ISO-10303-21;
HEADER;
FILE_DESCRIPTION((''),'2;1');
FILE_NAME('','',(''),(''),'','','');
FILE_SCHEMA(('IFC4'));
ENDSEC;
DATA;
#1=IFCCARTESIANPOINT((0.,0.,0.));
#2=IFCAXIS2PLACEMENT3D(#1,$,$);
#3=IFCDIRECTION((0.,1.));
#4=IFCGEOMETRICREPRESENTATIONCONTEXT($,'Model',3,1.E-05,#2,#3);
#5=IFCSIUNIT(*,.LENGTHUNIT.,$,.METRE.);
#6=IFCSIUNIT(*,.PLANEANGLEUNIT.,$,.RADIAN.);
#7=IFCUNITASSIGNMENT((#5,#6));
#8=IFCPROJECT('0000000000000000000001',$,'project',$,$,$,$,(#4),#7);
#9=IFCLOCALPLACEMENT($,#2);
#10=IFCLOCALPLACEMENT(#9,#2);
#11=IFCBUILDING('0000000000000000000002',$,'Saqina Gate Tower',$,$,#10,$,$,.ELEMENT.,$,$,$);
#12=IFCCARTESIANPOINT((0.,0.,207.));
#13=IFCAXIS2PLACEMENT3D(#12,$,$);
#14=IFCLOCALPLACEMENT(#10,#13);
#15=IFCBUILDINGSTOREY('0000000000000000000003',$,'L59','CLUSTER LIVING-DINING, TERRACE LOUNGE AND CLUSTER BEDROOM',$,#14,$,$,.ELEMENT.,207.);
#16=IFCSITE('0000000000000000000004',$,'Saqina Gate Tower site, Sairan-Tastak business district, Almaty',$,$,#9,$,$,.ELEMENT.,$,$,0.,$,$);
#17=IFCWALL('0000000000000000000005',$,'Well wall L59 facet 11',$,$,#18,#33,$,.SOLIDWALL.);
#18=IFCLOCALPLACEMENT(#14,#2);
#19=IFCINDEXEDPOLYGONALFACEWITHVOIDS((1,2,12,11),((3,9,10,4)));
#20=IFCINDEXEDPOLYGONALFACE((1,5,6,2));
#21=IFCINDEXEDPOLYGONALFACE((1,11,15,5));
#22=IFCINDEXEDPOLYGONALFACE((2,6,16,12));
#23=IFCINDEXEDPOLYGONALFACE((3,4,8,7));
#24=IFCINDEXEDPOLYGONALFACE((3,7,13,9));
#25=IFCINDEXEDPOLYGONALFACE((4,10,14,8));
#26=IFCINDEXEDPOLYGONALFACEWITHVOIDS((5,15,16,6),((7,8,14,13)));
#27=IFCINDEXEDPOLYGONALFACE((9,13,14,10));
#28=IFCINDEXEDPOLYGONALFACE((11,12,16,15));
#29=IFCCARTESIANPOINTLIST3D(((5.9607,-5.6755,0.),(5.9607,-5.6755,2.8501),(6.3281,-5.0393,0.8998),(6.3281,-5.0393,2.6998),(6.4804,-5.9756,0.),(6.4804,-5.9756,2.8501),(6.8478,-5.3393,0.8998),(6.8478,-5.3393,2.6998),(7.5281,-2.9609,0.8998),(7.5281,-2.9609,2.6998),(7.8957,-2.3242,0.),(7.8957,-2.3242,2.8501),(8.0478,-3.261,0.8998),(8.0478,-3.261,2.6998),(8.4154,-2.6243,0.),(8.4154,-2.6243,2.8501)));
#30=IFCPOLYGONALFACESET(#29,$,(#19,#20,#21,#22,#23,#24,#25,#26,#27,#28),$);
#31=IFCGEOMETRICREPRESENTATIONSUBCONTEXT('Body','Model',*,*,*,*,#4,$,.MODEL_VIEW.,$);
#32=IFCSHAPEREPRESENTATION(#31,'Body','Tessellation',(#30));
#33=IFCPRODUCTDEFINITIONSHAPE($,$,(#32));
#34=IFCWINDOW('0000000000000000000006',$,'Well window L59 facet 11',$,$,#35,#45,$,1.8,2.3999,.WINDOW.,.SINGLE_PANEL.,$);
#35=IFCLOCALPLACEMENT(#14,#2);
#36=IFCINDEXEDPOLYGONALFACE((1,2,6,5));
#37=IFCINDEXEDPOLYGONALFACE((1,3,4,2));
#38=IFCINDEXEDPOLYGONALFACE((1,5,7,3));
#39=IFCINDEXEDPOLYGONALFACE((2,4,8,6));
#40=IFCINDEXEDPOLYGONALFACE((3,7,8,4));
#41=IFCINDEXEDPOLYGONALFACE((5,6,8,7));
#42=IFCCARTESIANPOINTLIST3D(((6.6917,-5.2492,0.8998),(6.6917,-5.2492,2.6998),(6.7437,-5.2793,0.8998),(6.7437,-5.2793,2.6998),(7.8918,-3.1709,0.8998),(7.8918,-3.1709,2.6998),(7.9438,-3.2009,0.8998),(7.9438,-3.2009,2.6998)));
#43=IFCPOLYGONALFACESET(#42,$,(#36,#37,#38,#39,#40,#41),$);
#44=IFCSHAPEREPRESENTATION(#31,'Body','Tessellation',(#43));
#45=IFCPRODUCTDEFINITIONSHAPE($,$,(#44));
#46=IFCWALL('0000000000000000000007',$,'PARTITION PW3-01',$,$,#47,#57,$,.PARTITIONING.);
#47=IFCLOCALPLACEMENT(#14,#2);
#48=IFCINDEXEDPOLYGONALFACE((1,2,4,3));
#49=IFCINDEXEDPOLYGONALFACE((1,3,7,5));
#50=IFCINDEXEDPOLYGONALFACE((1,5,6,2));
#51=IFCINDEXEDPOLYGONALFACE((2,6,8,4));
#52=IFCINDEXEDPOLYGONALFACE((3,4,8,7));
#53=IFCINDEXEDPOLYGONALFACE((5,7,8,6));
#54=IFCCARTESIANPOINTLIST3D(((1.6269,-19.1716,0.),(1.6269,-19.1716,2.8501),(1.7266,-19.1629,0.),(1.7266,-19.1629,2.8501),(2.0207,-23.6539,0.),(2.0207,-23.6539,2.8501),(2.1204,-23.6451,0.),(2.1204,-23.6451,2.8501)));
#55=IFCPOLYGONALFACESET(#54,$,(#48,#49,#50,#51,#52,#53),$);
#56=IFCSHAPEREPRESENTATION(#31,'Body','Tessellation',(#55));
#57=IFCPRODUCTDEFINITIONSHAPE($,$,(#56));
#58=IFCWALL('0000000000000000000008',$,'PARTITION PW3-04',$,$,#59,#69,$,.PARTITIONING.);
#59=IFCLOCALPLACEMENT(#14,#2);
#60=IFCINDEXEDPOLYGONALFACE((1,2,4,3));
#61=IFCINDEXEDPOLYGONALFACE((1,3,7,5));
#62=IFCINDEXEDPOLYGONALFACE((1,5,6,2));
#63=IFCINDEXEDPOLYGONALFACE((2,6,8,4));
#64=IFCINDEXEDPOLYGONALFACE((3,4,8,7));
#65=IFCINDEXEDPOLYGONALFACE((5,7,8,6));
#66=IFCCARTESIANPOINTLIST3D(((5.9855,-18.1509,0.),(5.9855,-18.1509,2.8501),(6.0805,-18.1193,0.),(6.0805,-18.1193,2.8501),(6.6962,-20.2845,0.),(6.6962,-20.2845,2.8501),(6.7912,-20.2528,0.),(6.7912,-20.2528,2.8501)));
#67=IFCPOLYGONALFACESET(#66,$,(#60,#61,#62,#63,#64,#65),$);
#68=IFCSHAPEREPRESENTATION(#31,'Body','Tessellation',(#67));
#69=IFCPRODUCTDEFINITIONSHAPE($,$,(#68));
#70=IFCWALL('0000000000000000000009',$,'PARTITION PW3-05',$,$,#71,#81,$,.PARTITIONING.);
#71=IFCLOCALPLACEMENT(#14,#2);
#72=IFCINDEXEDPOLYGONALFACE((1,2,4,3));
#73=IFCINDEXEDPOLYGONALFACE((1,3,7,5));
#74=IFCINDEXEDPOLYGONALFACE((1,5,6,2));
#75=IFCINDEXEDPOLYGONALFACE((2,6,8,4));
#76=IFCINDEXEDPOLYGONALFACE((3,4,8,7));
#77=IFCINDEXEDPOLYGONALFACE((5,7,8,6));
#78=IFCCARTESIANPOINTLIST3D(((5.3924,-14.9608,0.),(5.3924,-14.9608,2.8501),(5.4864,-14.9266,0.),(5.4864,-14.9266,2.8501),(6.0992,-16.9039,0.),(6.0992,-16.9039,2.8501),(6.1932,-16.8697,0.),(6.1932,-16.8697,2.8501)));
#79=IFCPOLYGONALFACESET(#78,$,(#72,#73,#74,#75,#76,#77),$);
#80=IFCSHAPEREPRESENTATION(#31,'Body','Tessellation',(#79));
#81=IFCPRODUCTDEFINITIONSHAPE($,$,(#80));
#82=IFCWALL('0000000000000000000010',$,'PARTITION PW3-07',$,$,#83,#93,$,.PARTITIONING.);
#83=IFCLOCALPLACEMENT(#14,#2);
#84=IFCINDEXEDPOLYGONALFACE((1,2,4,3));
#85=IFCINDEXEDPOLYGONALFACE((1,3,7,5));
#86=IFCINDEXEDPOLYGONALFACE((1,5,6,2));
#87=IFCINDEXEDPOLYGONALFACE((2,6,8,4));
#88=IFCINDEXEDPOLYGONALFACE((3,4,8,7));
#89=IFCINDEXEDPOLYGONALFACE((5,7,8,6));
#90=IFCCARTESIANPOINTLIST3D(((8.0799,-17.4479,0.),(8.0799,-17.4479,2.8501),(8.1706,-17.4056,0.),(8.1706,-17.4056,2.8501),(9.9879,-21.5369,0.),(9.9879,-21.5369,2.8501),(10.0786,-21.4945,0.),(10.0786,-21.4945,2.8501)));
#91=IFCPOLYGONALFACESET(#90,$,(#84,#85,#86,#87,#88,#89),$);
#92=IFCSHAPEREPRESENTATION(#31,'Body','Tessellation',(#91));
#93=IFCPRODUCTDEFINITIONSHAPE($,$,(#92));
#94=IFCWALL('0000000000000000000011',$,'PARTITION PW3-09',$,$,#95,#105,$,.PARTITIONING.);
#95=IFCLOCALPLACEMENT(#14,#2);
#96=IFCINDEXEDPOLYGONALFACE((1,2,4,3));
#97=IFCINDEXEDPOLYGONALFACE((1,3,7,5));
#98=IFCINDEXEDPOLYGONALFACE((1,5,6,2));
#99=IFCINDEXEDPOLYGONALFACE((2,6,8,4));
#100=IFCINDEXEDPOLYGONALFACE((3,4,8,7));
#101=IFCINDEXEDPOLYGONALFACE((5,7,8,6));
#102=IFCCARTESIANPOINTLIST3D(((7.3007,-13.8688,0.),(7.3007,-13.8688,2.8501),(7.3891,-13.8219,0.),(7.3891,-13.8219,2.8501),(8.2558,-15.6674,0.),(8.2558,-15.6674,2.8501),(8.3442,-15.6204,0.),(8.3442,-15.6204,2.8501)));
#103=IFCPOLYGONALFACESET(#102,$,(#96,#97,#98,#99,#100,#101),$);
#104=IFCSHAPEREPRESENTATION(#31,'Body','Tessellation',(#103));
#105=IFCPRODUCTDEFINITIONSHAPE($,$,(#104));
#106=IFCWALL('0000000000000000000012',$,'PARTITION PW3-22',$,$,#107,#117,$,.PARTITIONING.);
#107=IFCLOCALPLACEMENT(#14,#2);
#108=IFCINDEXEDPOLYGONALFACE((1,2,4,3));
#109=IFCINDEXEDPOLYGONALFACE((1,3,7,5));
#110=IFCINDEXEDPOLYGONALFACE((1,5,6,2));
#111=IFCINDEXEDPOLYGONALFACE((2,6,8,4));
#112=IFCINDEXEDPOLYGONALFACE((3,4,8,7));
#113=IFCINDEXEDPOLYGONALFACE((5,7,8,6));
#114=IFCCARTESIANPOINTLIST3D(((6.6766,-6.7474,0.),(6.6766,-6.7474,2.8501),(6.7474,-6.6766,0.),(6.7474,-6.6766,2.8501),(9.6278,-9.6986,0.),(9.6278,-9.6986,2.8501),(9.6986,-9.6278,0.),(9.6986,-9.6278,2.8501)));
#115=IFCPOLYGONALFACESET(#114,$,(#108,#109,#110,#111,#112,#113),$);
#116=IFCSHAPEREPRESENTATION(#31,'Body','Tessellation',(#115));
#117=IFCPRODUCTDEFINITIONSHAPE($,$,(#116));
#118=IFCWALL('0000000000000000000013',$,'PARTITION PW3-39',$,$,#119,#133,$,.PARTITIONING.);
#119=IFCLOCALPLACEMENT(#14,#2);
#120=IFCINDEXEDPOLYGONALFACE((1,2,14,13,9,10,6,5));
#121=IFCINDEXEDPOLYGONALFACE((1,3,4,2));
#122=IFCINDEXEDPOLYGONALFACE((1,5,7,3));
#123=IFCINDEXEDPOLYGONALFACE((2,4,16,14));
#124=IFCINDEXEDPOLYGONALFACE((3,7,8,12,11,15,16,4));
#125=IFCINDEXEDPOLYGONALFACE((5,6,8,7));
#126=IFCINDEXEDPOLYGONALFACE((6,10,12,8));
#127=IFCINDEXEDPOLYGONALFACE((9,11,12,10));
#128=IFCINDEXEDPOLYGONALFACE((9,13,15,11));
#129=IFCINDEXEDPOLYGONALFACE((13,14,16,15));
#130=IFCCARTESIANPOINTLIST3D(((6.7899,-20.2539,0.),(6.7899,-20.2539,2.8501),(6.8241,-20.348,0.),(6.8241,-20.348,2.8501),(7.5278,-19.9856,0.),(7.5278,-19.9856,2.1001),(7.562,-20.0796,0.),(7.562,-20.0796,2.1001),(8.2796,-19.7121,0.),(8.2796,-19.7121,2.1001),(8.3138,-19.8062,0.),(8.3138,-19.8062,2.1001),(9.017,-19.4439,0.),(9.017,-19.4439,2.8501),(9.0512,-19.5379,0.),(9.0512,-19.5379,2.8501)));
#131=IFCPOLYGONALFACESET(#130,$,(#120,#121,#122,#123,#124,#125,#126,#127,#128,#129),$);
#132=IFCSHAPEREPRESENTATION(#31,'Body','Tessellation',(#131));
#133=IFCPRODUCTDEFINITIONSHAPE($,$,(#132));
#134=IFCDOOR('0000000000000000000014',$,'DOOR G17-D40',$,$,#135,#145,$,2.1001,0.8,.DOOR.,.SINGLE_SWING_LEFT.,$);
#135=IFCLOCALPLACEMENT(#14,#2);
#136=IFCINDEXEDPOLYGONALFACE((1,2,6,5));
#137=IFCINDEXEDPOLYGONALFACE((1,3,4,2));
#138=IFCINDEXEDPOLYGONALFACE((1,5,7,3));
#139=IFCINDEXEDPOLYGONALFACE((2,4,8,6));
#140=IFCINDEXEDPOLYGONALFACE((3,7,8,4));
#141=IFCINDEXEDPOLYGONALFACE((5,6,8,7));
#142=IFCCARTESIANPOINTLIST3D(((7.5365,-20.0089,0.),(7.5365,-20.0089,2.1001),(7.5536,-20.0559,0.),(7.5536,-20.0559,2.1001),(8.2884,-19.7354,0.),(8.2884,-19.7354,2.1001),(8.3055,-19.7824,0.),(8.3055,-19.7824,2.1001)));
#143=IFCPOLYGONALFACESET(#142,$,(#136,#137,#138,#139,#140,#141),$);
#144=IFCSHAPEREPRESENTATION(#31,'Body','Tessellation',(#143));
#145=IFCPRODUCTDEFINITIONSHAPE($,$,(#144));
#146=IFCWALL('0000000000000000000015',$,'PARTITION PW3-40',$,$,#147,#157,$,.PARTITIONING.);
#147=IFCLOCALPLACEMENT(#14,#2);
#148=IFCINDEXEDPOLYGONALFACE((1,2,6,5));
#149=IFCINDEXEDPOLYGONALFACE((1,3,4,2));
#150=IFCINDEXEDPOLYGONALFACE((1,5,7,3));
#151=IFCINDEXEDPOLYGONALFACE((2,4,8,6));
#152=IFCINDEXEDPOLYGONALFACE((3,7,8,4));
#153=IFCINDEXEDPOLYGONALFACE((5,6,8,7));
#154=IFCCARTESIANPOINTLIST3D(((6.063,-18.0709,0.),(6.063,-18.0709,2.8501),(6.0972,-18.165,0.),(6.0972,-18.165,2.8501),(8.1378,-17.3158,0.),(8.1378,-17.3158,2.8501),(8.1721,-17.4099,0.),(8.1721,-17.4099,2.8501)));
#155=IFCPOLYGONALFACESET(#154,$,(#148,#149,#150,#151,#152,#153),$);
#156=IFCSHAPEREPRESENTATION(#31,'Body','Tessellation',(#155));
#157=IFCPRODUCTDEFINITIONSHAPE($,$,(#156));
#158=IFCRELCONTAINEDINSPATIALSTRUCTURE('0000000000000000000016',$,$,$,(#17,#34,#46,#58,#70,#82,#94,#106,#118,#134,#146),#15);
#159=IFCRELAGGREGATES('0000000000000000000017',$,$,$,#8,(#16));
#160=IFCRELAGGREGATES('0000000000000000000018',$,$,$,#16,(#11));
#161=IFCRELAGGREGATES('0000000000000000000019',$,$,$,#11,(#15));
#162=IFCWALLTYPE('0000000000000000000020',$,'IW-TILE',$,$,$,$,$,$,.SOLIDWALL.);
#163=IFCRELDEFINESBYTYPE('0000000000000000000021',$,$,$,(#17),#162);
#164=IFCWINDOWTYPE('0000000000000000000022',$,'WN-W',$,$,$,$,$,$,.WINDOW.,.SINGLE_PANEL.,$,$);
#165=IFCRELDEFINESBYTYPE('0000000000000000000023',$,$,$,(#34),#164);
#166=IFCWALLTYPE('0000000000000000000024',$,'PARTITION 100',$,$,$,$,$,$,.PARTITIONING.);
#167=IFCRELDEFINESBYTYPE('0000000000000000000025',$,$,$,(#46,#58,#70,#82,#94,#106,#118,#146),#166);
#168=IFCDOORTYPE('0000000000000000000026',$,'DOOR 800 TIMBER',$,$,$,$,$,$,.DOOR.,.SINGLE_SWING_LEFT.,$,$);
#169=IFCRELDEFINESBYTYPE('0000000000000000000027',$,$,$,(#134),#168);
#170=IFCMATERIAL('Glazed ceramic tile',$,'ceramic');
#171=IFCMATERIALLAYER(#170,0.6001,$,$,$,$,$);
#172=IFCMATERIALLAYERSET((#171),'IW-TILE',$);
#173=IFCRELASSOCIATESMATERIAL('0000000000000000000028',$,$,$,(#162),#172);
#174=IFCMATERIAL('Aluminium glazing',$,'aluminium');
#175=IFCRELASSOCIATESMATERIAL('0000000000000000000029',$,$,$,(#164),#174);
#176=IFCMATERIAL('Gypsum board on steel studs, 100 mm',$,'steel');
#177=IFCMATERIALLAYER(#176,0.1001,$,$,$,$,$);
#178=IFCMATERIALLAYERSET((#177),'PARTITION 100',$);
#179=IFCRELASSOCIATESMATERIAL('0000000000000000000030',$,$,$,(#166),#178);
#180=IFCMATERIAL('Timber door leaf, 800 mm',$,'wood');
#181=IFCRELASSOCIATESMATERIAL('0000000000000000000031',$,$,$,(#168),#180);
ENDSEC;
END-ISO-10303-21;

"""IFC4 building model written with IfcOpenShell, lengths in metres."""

from ifc_helpers import new_model, si_unit, direction, frame, frame_2d, origin, place, context, subcontext, project, spatial, rectangle, extrude, material, layer, layer_set, type_object, element, fill, save


model = new_model("IFC4")

# Units and contexts
model_context = context("Model", 3, precision=1e-05, world=origin(), true_north=direction((0.0, 1.0)))
body_context = subcontext(model_context, "Body", "Model", "MODEL_VIEW")
ifc_project = project(units=[si_unit("LENGTHUNIT", "METRE"), si_unit("PLANEANGLEUNIT", "RADIAN")], contexts=[model_context])

# Site, building, storey
site_placement = place(None, origin())
site = spatial("IfcSite", under=ifc_project, at=site_placement, Name="Saqina Gate Tower site, Sairan-Tastak business district, Almaty", CompositionType="ELEMENT", RefElevation=0.0)
building_placement = place(site_placement, origin())
building = spatial("IfcBuilding", under=site, at=building_placement, Name="Saqina Gate Tower", CompositionType="ELEMENT")
storey_placement = place(building_placement, frame((0.0, 0.0, 207.0)))
storey = spatial("IfcBuildingStorey", under=building, at=storey_placement, Name="L59", Description="CLUSTER LIVING-DINING, TERRACE LOUNGE AND CLUSTER BEDROOM", CompositionType="ELEMENT", Elevation=207.0)

# Wall, opening, window
ifc_material_1 = material(Name="Glazed ceramic tile", Category="ceramic")
ifc_layer_1 = layer(ifc_material_1, 0.6001)
ifc_layer_set_1 = layer_set([ifc_layer_1], Name="IW-TILE")
wall_type_1 = type_object("IfcWallType", Name="IW-TILE", PredefinedType="SOLIDWALL", material=ifc_layer_set_1)
ifc_material_2 = material(Name="Aluminium glazing", Category="aluminium")
window_type_1 = type_object("IfcWindowType", Name="WN-W", PartitioningType="SINGLE_PANEL", PredefinedType="WINDOW", material=ifc_material_2)
wall_1_placement = place(storey_placement, frame((6.2205, -5.8257, 0.0), z_axis=(0.0, 0.0, 1.0), x_axis=(0.500034, 0.866006, 0.0)))
wall_1 = element("IfcWall", 1, at=wall_1_placement, inside=storey, type_object=wall_type_1, Name="Well wall L59 facet 11", PredefinedType="SOLIDWALL", context=body_context, shape_type="SweptSolid", body=[
    extrude(rectangle(XDim=3.8699, YDim=0.6001, at=frame_2d((1.9351, 0.0))), origin(), (0.0, 0.0, 1.0), 2.8501),
])
opening_1_placement = place(wall_1_placement, frame((0.7349, 0.0, 0.8999)))
opening_1 = element("IfcOpeningElement", 2, at=opening_1_placement, cuts=wall_1, PredefinedType="OPENING", context=body_context, shape_type="SweptSolid", body=[
    extrude(rectangle(XDim=2.3999, YDim=1.8, at=frame_2d((1.2, 0.8999))), frame((0.0, 0.312, 0.0), z_axis=(0.0, -1.0, 0.0), x_axis=(1.0, 0.0, 0.0)), (0.0, 0.0, 1.0), 0.624),
])
window_1_placement = place(opening_1_placement, origin())
window_1 = element("IfcWindow", 3, at=window_1_placement, inside=storey, type_object=window_type_1, Name="Well window L59 facet 11", OverallHeight=1.8, OverallWidth=2.3999, PartitioningType="SINGLE_PANEL", PredefinedType="WINDOW", context=body_context, shape_type="SweptSolid", body=[
    extrude(rectangle(XDim=2.3999, YDim=1.8, at=frame_2d((1.2, 0.8999))), frame((0.0, -0.1199, 0.0), z_axis=(0.0, -1.0, 0.0), x_axis=(1.0, 0.0, 0.0)), (0.0, 0.0, 1.0), 0.0601),
])
fill(opening_1, window_1)

# Walls
ifc_material_3 = material(Name="Gypsum board on steel studs, 100 mm", Category="steel")
ifc_layer_2 = layer(ifc_material_3, 0.1001)
ifc_layer_set_2 = layer_set([ifc_layer_2], Name="PARTITION 100")
wall_type_2 = type_object("IfcWallType", Name="PARTITION 100", PredefinedType="PARTITIONING", material=ifc_layer_set_2)
wall_2_placement = place(storey_placement, frame((1.6768, -19.1672, 0.0), z_axis=(0.0, 0.0, 1.0), x_axis=(0.087522, -0.996163, 0.0)))
element("IfcWall", 4, at=wall_2_placement, inside=storey, type_object=wall_type_2, Name="PARTITION PW3-01", PredefinedType="PARTITIONING", context=body_context, shape_type="SweptSolid", body=[
    extrude(rectangle(XDim=4.4995, YDim=0.1001, at=frame_2d((2.2498, 0.0))), origin(), (0.0, 0.0, 1.0), 2.8501),
])
wall_3_placement = place(storey_placement, frame((6.033, -18.135, 0.0), z_axis=(0.0, 0.0, 1.0), x_axis=(0.316032, -0.948748, 0.0)))
element("IfcWall", 5, at=wall_3_placement, inside=storey, type_object=wall_type_2, Name="PARTITION PW3-04", PredefinedType="PARTITIONING", context=body_context, shape_type="SweptSolid", body=[
    extrude(rectangle(XDim=2.2488, YDim=0.1001, at=frame_2d((1.1245, 0.0))), origin(), (0.0, 0.0, 1.0), 2.8501),
])
wall_4_placement = place(storey_placement, frame((5.4395, -14.9438, 0.0), z_axis=(0.0, 0.0, 1.0), x_axis=(0.341828, -0.939762, 0.0)))
element("IfcWall", 6, at=wall_4_placement, inside=storey, type_object=wall_type_2, Name="PARTITION PW3-05", PredefinedType="PARTITIONING", context=body_context, shape_type="SweptSolid", body=[
    extrude(rectangle(XDim=2.0676, YDim=0.1001, at=frame_2d((1.0337, 0.0))), origin(), (0.0, 0.0, 1.0), 2.8501),
])
wall_5_placement = place(storey_placement, frame((8.1252, -17.4268, 0.0), z_axis=(0.0, 0.0, 1.0), x_axis=(0.422853, -0.906198, 0.0)))
element("IfcWall", 7, at=wall_5_placement, inside=storey, type_object=wall_type_2, Name="PARTITION PW3-07", PredefinedType="PARTITIONING", context=body_context, shape_type="SweptSolid", body=[
    extrude(rectangle(XDim=4.5122, YDim=0.1001, at=frame_2d((2.2561, 0.0))), origin(), (0.0, 0.0, 1.0), 2.8501),
])
wall_6_placement = place(storey_placement, frame((7.345, -13.8455, 0.0), z_axis=(0.0, 0.0, 1.0), x_axis=(0.468995, -0.883201, 0.0)))
element("IfcWall", 8, at=wall_6_placement, inside=storey, type_object=wall_type_2, Name="PARTITION PW3-09", PredefinedType="PARTITIONING", context=body_context, shape_type="SweptSolid", body=[
    extrude(rectangle(XDim=2.0364, YDim=0.1001, at=frame_2d((1.0181, 0.0))), origin(), (0.0, 0.0, 1.0), 2.8501),
])
wall_7_placement = place(storey_placement, frame((6.7119, -6.7119, 0.0), z_axis=(0.0, 0.0, 1.0), x_axis=(0.707107, -0.707107, 0.0)))
element("IfcWall", 9, at=wall_7_placement, inside=storey, type_object=wall_type_2, Name="PARTITION PW3-22", PredefinedType="PARTITIONING", context=body_context, shape_type="SweptSolid", body=[
    extrude(rectangle(XDim=4.1736, YDim=0.1001, at=frame_2d((2.0869, 0.0))), origin(), (0.0, 0.0, 1.0), 2.8501),
])

# Wall, opening, door
wall_8_placement = place(storey_placement, frame((6.8069, -20.301, 0.0), z_axis=(0.0, 0.0, 1.0), x_axis=(0.939763, 0.341826, 0.0)))
wall_8 = element("IfcWall", 10, at=wall_8_placement, inside=storey, type_object=wall_type_2, Name="PARTITION PW3-39", PredefinedType="PARTITIONING", context=body_context, shape_type="SweptSolid", body=[
    extrude(rectangle(XDim=2.3699, YDim=0.1001, at=frame_2d((1.1851, 0.0))), origin(), (0.0, 0.0, 1.0), 2.8501),
])
opening_2_placement = place(wall_8_placement, frame((0.7854, 0.0, 0.0)))
opening_2 = element("IfcOpeningElement", 11, at=opening_2_placement, cuts=wall_8, PredefinedType="OPENING", context=body_context, shape_type="SweptSolid", body=[
    extrude(rectangle(XDim=0.8, YDim=2.1001, at=frame_2d((0.3999, 1.05))), frame((0.0, 0.062, 0.0), z_axis=(0.0, -1.0, 0.0), x_axis=(1.0, 0.0, 0.0)), (0.0, 0.0, 1.0), 0.124),
])
ifc_material_4 = material(Name="Timber door leaf, 800 mm", Category="wood")
door_type_1 = type_object("IfcDoorType", Name="DOOR 800 TIMBER", OperationType="SINGLE_SWING_LEFT", PredefinedType="DOOR", material=ifc_material_4)
door_1_placement = place(opening_2_placement, frame((0.8, 0.0, 0.0), z_axis=(0.0, 0.0, 1.0), x_axis=(-1.0, 0.0, 0.0)))
door_1 = element("IfcDoor", 12, at=door_1_placement, inside=storey, type_object=door_type_1, Name="DOOR G17-D40", OperationType="SINGLE_SWING_LEFT", OverallHeight=2.1001, OverallWidth=0.8, PredefinedType="DOOR", context=body_context, shape_type="SweptSolid", body=[
    extrude(rectangle(XDim=0.8, YDim=2.1001, at=frame_2d((0.3999, 1.05))), frame((0.0, 0.0249, 0.0), z_axis=(0.0, -1.0, 0.0), x_axis=(1.0, 0.0, 0.0)), (0.0, 0.0, 1.0), 0.05),
])
fill(opening_2, door_1)

# Wall
wall_9_placement = place(storey_placement, frame((6.0801, -18.1179, 0.0), z_axis=(0.0, 0.0, 1.0), x_axis=(0.939706, 0.341983, 0.0)))
element("IfcWall", 13, at=wall_9_placement, inside=storey, type_object=wall_type_2, Name="PARTITION PW3-40", PredefinedType="PARTITIONING", context=body_context, shape_type="SweptSolid", body=[
    extrude(rectangle(XDim=2.208, YDim=0.1001, at=frame_2d((1.104, 0.0))), origin(), (0.0, 0.0, 1.0), 2.8501),
])

save(model, "model.ifc")
